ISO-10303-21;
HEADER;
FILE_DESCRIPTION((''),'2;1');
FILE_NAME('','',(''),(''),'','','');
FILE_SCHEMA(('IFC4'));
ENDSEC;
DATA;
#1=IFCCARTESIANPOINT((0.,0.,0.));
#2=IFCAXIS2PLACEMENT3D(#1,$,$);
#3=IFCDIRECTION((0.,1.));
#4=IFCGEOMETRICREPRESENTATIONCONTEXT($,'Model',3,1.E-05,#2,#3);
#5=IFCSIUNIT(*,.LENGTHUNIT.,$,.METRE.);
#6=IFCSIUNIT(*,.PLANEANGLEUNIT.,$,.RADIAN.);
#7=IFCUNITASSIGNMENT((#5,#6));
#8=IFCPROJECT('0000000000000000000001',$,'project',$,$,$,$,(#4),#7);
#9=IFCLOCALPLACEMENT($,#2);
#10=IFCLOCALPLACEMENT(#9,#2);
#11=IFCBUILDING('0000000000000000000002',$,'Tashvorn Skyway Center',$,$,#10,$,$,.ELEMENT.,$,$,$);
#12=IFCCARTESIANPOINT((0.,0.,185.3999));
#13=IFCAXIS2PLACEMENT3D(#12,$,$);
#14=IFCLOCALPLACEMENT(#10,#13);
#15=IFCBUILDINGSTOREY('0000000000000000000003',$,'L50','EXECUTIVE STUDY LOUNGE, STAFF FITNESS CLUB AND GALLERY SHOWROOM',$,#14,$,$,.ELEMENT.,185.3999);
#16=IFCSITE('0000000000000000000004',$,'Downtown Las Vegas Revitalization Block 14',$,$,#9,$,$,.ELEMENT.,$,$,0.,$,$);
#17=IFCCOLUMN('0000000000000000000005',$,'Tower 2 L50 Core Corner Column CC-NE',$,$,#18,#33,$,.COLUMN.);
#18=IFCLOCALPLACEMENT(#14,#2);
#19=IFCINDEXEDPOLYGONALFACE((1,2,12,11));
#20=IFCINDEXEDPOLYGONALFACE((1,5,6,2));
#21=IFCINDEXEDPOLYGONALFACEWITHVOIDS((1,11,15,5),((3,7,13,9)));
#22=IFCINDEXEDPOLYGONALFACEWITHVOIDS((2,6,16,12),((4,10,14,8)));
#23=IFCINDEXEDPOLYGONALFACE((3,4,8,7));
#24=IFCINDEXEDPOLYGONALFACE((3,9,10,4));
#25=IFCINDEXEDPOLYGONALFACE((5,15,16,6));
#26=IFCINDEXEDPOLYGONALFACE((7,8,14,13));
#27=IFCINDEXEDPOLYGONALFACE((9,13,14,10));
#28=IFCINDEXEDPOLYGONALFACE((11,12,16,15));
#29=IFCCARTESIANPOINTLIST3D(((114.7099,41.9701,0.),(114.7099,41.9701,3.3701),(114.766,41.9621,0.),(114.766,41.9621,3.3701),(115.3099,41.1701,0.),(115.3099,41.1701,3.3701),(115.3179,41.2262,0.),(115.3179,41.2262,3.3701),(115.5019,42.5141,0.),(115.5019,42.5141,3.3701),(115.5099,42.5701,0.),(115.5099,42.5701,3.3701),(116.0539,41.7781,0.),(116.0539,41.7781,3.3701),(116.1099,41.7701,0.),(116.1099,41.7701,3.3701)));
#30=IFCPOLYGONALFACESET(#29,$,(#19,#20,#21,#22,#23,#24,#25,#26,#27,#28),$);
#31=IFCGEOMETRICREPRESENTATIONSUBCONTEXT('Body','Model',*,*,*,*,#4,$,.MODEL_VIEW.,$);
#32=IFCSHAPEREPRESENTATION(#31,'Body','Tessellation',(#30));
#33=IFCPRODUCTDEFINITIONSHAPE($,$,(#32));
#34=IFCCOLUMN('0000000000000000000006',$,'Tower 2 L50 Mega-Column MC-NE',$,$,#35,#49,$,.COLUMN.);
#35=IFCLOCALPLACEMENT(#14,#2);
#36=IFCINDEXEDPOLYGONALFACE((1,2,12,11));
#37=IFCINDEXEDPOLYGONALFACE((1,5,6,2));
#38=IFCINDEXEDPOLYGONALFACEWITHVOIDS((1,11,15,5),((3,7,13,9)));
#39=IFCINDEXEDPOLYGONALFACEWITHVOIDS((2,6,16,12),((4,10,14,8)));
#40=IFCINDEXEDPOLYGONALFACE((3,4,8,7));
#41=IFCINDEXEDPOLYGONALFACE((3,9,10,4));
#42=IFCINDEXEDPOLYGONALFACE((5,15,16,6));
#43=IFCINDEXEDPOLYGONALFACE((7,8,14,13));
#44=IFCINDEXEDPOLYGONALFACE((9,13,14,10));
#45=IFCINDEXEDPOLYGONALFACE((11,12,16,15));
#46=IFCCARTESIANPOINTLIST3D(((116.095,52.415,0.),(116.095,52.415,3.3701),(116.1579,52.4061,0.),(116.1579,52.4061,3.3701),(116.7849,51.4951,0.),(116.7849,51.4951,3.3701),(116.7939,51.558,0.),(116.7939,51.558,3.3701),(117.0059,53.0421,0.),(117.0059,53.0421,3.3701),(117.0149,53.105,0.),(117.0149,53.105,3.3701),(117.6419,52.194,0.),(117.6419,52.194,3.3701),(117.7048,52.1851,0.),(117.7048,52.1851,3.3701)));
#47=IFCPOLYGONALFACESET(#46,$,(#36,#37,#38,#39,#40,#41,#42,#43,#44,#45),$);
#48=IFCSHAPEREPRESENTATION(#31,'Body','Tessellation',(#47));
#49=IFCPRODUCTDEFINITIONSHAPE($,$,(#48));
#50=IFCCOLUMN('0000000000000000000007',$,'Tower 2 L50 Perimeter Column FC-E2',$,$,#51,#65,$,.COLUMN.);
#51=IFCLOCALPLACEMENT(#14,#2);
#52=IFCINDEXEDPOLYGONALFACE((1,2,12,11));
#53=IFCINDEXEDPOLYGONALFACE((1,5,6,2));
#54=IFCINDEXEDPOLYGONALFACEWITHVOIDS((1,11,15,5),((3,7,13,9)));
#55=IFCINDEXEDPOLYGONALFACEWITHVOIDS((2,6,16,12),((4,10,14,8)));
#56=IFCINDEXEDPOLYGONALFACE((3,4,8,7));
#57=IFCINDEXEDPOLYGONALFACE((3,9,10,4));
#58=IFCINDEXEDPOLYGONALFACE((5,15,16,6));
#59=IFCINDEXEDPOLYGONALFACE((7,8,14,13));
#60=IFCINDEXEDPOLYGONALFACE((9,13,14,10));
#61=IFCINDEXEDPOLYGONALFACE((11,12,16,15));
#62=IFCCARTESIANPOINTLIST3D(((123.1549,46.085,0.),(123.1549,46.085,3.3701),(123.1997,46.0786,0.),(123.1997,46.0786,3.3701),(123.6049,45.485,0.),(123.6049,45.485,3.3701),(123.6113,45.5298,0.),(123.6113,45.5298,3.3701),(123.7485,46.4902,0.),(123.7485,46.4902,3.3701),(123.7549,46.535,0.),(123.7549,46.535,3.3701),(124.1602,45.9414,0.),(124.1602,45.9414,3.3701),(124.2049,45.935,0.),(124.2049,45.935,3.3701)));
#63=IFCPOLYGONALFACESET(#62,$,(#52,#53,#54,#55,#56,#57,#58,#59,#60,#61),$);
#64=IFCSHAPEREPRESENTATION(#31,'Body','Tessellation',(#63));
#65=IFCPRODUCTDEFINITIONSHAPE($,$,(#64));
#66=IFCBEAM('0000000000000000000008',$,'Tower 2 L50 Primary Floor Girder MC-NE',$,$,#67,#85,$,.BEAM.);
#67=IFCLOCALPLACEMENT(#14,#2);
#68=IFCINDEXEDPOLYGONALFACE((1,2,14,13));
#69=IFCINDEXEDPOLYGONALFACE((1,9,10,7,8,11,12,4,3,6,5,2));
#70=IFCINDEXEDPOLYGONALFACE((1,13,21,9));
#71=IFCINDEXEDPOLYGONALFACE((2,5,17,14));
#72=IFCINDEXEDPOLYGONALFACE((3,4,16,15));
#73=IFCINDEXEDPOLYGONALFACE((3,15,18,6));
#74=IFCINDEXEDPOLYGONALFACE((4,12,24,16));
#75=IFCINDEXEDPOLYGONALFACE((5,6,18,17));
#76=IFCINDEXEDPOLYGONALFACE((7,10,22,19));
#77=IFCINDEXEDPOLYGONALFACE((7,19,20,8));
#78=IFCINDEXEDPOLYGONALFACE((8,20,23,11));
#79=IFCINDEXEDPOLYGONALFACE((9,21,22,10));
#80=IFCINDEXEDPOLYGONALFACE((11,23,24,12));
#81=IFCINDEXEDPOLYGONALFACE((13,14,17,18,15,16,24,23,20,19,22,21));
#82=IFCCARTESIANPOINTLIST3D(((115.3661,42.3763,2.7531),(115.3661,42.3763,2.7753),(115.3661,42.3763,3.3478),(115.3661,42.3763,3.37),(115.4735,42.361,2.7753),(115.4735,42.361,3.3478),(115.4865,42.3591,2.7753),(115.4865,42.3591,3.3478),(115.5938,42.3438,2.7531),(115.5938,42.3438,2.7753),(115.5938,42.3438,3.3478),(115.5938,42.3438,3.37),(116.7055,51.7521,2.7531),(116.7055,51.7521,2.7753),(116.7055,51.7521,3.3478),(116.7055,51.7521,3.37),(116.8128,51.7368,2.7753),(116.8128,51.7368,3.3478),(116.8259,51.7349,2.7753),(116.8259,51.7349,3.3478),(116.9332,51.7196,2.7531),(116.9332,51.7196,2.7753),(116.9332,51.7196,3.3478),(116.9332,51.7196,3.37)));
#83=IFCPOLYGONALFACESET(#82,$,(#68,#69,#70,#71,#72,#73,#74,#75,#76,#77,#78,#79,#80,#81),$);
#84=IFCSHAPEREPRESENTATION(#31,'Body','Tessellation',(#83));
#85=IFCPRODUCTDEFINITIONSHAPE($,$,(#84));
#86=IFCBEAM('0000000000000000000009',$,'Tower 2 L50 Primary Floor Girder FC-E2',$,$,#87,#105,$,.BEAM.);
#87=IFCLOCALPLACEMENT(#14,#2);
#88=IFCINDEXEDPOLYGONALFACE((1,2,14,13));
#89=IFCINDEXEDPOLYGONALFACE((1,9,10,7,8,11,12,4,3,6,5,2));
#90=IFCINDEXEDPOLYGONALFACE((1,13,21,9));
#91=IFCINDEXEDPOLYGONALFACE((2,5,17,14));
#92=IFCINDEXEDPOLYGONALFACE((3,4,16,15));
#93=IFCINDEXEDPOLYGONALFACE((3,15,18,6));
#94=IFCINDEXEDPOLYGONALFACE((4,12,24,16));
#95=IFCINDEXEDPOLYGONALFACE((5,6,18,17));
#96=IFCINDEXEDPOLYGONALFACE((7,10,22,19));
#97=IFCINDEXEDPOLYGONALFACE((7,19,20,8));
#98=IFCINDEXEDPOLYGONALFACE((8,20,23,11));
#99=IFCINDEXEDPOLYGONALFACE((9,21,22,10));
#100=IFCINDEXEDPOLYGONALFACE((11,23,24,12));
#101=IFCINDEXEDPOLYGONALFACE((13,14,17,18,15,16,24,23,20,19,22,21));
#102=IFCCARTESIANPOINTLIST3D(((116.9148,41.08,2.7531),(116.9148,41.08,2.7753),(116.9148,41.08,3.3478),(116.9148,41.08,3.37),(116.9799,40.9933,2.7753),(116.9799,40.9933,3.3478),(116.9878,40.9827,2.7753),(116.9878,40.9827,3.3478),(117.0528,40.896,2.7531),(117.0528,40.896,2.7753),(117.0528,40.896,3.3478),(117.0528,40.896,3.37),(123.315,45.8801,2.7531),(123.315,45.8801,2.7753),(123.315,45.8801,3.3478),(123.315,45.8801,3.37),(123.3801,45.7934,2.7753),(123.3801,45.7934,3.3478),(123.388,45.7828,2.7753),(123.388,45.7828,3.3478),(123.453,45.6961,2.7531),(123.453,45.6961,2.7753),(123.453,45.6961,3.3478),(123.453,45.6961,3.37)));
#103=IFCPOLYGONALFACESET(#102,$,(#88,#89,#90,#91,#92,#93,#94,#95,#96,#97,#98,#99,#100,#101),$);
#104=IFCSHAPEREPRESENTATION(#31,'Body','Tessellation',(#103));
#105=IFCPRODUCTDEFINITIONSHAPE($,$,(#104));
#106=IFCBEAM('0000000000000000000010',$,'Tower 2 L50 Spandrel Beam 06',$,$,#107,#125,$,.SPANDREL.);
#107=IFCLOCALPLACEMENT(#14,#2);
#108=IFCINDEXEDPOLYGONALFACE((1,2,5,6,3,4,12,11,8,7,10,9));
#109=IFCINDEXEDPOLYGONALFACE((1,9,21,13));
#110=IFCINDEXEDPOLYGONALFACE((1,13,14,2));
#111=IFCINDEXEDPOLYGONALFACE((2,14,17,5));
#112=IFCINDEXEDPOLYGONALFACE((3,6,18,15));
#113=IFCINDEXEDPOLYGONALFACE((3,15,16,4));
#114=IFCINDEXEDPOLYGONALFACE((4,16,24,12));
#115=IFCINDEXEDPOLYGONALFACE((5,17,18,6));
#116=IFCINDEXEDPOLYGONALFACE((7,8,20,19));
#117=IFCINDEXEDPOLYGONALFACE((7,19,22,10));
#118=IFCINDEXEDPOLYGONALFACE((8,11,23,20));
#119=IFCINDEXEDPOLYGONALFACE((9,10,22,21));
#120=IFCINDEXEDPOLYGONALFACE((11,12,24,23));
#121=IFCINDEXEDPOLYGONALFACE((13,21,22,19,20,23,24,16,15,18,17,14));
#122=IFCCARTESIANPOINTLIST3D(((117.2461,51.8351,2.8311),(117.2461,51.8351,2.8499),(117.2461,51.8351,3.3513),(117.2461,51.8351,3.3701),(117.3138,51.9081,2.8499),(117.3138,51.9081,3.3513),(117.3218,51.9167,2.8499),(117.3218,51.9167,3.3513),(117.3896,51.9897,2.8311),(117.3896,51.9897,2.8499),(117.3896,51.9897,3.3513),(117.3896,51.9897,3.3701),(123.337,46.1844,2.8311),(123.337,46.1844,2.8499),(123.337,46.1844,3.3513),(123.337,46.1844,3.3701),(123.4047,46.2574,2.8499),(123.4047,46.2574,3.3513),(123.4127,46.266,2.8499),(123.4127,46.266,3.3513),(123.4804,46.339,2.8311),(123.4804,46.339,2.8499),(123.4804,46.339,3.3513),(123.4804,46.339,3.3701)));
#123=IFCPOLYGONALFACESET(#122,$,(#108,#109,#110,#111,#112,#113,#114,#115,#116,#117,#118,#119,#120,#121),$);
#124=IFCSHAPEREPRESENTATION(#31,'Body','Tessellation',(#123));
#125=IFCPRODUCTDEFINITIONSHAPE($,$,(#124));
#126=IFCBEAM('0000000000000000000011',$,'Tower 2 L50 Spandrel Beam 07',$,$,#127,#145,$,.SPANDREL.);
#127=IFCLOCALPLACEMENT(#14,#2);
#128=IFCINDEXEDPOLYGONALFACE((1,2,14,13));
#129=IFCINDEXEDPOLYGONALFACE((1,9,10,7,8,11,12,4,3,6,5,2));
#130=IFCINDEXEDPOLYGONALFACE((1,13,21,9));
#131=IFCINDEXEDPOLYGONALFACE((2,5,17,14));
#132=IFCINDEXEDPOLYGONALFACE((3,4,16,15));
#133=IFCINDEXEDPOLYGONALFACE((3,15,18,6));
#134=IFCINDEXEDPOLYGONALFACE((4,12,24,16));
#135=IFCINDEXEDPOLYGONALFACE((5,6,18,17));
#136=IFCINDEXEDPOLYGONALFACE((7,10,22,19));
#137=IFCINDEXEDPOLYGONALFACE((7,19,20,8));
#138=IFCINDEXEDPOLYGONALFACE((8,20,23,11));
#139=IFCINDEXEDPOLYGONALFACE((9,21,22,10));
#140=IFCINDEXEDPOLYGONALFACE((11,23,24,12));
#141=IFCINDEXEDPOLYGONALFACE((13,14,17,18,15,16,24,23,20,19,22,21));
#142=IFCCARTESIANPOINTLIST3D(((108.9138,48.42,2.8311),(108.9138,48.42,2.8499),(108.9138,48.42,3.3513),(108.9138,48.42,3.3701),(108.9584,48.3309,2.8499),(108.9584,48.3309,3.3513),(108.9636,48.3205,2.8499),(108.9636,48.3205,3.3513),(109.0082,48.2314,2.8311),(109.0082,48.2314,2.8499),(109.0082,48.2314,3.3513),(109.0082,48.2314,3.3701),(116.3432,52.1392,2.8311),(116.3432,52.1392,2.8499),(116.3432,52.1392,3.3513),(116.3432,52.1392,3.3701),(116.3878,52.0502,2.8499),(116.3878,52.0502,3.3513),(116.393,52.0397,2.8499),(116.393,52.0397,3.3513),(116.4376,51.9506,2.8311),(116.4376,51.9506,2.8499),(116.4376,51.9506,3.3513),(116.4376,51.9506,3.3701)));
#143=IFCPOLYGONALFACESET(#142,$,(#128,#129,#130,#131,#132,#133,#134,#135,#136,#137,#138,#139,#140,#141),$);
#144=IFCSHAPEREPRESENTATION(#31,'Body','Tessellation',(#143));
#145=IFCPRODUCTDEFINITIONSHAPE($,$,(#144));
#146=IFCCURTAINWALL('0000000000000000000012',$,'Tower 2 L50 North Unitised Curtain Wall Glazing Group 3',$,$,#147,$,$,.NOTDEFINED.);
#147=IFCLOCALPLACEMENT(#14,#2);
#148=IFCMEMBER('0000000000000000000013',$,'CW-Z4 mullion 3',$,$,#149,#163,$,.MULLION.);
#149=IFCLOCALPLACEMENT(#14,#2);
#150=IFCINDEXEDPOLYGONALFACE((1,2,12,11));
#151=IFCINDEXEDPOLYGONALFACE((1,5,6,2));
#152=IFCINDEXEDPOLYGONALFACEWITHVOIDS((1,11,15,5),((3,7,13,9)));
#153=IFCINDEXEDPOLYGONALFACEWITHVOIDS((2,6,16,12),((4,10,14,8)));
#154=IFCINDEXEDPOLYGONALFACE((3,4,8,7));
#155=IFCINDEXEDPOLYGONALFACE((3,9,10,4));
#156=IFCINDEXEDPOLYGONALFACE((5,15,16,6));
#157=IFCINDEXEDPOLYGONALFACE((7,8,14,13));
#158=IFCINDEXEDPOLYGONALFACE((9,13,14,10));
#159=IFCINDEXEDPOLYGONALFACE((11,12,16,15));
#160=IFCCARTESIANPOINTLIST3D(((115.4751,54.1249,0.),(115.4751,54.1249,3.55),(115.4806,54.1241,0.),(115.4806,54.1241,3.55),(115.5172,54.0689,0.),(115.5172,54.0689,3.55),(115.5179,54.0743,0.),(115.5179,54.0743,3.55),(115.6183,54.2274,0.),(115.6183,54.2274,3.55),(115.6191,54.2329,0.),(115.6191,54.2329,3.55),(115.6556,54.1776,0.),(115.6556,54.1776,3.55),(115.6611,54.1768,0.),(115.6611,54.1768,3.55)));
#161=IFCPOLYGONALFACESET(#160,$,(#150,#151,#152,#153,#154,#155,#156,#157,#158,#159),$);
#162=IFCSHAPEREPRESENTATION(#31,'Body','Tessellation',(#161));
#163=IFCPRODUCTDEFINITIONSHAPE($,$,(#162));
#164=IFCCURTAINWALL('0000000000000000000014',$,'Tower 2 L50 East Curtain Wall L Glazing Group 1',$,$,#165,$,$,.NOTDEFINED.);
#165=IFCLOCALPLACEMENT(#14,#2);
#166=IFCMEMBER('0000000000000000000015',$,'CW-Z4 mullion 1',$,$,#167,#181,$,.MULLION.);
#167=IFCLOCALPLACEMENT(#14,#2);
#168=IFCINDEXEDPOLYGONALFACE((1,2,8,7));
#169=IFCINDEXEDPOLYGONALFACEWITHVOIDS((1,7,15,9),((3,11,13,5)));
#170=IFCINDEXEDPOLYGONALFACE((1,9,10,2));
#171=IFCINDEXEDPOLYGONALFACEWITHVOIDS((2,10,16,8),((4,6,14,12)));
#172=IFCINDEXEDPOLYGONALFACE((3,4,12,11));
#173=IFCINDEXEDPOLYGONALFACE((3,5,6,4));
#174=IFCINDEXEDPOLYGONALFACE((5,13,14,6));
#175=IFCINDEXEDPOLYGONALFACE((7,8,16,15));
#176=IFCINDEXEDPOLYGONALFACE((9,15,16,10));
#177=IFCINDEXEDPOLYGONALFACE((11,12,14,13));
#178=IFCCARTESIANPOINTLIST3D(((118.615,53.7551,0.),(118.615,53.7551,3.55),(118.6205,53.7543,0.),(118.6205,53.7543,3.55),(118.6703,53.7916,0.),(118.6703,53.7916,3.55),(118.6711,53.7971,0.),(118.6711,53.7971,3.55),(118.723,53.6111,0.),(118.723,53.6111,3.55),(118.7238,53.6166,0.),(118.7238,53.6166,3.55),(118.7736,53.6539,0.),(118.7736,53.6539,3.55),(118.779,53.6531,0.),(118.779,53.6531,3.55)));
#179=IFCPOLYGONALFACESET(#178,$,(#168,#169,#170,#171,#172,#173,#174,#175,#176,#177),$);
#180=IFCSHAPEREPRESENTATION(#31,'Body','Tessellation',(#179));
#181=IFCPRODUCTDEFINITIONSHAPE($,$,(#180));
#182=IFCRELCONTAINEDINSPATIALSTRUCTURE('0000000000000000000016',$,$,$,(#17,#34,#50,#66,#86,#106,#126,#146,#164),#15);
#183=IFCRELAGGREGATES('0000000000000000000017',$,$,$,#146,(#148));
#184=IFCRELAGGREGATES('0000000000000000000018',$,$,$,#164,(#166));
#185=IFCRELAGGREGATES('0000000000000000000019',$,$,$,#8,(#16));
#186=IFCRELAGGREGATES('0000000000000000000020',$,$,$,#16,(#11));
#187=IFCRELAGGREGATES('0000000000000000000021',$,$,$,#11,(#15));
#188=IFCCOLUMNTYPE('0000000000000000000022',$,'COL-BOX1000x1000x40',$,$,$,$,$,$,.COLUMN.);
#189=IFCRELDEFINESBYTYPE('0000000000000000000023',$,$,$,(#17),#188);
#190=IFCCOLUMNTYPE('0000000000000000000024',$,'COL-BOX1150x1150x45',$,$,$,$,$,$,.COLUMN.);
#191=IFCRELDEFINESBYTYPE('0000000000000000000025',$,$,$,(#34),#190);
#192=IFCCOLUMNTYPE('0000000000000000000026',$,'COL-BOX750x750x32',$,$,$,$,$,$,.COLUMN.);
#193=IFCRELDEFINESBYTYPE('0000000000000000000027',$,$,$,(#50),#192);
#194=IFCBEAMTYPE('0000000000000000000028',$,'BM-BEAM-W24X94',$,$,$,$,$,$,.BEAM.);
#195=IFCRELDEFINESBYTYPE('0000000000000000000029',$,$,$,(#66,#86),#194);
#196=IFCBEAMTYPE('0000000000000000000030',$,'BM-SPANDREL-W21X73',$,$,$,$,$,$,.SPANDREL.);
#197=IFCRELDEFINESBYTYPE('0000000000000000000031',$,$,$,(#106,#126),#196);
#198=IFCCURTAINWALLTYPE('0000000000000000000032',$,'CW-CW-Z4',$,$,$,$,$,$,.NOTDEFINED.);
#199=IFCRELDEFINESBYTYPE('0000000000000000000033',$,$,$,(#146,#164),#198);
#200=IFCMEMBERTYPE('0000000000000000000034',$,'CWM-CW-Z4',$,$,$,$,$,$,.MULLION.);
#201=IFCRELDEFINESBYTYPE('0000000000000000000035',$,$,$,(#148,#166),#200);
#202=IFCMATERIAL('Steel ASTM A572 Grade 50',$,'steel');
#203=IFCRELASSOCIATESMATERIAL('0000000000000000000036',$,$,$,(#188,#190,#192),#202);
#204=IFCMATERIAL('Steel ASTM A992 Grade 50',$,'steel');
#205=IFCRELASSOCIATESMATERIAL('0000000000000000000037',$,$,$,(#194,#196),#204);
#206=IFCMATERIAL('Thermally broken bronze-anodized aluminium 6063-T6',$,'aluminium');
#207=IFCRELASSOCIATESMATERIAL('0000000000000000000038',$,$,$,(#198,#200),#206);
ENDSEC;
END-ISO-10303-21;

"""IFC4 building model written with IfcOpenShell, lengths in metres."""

from ifc_helpers import new_model, si_unit, direction, frame, origin, origin_2d, place, context, subcontext, project, spatial, hollow_rectangle, i_section, extrude, material, material_profile, profile_set, type_object, element, aggregate, save


model = new_model("IFC4")

# Units and contexts
model_context = context("Model", 3, precision=1e-05, world=origin(), true_north=direction((0.0, 1.0)))
body_context = subcontext(model_context, "Body", "Model", "MODEL_VIEW")
ifc_project = project(units=[si_unit("LENGTHUNIT", "METRE"), si_unit("PLANEANGLEUNIT", "RADIAN")], contexts=[model_context])

# Site, building, storey
site_placement = place(None, origin())
site = spatial("IfcSite", under=ifc_project, at=site_placement, Name="Downtown Las Vegas Revitalization Block 14", CompositionType="ELEMENT", RefElevation=0.0)
building_placement = place(site_placement, origin())
building = spatial("IfcBuilding", under=site, at=building_placement, Name="Tashvorn Skyway Center", CompositionType="ELEMENT")
storey_placement = place(building_placement, frame((0.0, 0.0, 185.3999)))
storey = spatial("IfcBuildingStorey", under=building, at=storey_placement, Name="L50", Description="EXECUTIVE STUDY LOUNGE, STAFF FITNESS CLUB AND GALLERY SHOWROOM", CompositionType="ELEMENT", Elevation=185.3999)

# Columns
ifc_material_1 = material(Name="Steel ASTM A572 Grade 50", Category="steel")
ifc_material_profile_1 = material_profile(ifc_material_1, hollow_rectangle(XDim=1.0, YDim=1.0, WallThickness=0.04, at=origin_2d()), Name="BOX1000x1000x40")
ifc_profile_set_1 = profile_set([ifc_material_profile_1], Name="Steel ASTM A572 Grade 50")
column_type_1 = type_object("IfcColumnType", Name="COL-BOX1000x1000x40", PredefinedType="COLUMN", material=ifc_profile_set_1)
column_1_placement = place(storey_placement, frame((115.4099, 41.8701, 0.0), z_axis=(0.0, 0.0, 1.0), x_axis=(0.8, 0.6, 0.0)))
element("IfcColumn", 1, at=column_1_placement, inside=storey, type_object=column_type_1, Name="Tower 2 L50 Core Corner Column CC-NE", PredefinedType="COLUMN", context=body_context, shape_type="SweptSolid", body=[
    extrude(hollow_rectangle(XDim=1.0, YDim=1.0, WallThickness=0.04, at=origin_2d()), origin(), (0.0, 0.0, 1.0), 3.3701),
])
ifc_material_profile_2 = material_profile(ifc_material_1, hollow_rectangle(XDim=1.1499, YDim=1.1499, WallThickness=0.0449, at=origin_2d()), Name="BOX1150x1150x45")
ifc_profile_set_2 = profile_set([ifc_material_profile_2], Name="Steel ASTM A572 Grade 50")
column_type_2 = type_object("IfcColumnType", Name="COL-BOX1150x1150x45", PredefinedType="COLUMN", material=ifc_profile_set_2)
column_2_placement = place(storey_placement, frame((116.8999, 52.3, 0.0), z_axis=(0.0, 0.0, 1.0), x_axis=(0.8, 0.6, 0.0)))
element("IfcColumn", 2, at=column_2_placement, inside=storey, type_object=column_type_2, Name="Tower 2 L50 Mega-Column MC-NE", PredefinedType="COLUMN", context=body_context, shape_type="SweptSolid", body=[
    extrude(hollow_rectangle(XDim=1.1499, YDim=1.1499, WallThickness=0.0449, at=origin_2d()), origin(), (0.0, 0.0, 1.0), 3.3701),
])
ifc_material_profile_3 = material_profile(ifc_material_1, hollow_rectangle(XDim=0.75, YDim=0.75, WallThickness=0.032, at=origin_2d()), Name="BOX750x750x32")
ifc_profile_set_3 = profile_set([ifc_material_profile_3], Name="Steel ASTM A572 Grade 50")
column_type_3 = type_object("IfcColumnType", Name="COL-BOX750x750x32", PredefinedType="COLUMN", material=ifc_profile_set_3)
column_3_placement = place(storey_placement, frame((123.6799, 46.01, 0.0), z_axis=(0.0, 0.0, 1.0), x_axis=(0.8, 0.6, 0.0)))
element("IfcColumn", 3, at=column_3_placement, inside=storey, type_object=column_type_3, Name="Tower 2 L50 Perimeter Column FC-E2", PredefinedType="COLUMN", context=body_context, shape_type="SweptSolid", body=[
    extrude(hollow_rectangle(XDim=0.75, YDim=0.75, WallThickness=0.032, at=origin_2d()), origin(), (0.0, 0.0, 1.0), 3.3701),
])

# Beams
ifc_material_2 = material(Name="Steel ASTM A992 Grade 50", Category="steel")
ifc_material_profile_4 = material_profile(ifc_material_2, i_section(OverallWidth=0.23, OverallDepth=0.6169, WebThickness=0.0132, FlangeThickness=0.0222, at=origin_2d()), Name="W24X94")
ifc_profile_set_4 = profile_set([ifc_material_profile_4], Name="Steel ASTM A992 Grade 50")
beam_type_1 = type_object("IfcBeamType", Name="BM-BEAM-W24X94", PredefinedType="BEAM", material=ifc_profile_set_4)
beam_1_placement = place(storey_placement, frame((116.8193, 51.7358, 3.0615), z_axis=(-0.141418, -0.98995, 0.0), x_axis=(0.98995, -0.141418, 0.0)))
element("IfcBeam", 4, at=beam_1_placement, inside=storey, type_object=beam_type_1, Name="Tower 2 L50 Primary Floor Girder MC-NE", PredefinedType="BEAM", context=body_context, shape_type="SweptSolid", body=[
    extrude(i_section(OverallWidth=0.23, OverallDepth=0.6169, WebThickness=0.0132, FlangeThickness=0.0222, at=origin_2d()), origin(), (0.0, 0.0, 1.0), 9.4709),
])
beam_2_placement = place(storey_placement, frame((123.384, 45.7881, 3.0615), z_axis=(-0.800004, -0.599995, 0.0), x_axis=(0.599995, -0.800004, 0.0)))
element("IfcBeam", 5, at=beam_2_placement, inside=storey, type_object=beam_type_1, Name="Tower 2 L50 Primary Floor Girder FC-E2", PredefinedType="BEAM", context=body_context, shape_type="SweptSolid", body=[
    extrude(i_section(OverallWidth=0.23, OverallDepth=0.6169, WebThickness=0.0132, FlangeThickness=0.0222, at=origin_2d()), origin(), (0.0, 0.0, 1.0), 8.0002),
])
ifc_material_profile_5 = material_profile(ifc_material_2, i_section(OverallWidth=0.2109, OverallDepth=0.5391, WebThickness=0.0117, FlangeThickness=0.0188, at=origin_2d()), Name="W21X73")
ifc_profile_set_5 = profile_set([ifc_material_profile_5], Name="Steel ASTM A992 Grade 50")
beam_type_2 = type_object("IfcBeamType", Name="BM-SPANDREL-W21X73", PredefinedType="SPANDREL", material=ifc_profile_set_5)
for number, where, z_axis, x_axis, name in (
    (6, (123.4087, 46.2617, 3.1006), (-0.733101, 0.68012, 0.0), (-0.68012, -0.733101, 0.0), "Tower 2 L50 Spandrel Beam 06"),
    (7, (116.3904, 52.0449, 3.1006), (-0.89421, -0.447648, 0.0), (0.447648, -0.89421, 0.0), "Tower 2 L50 Spandrel Beam 07"),
):
    element("IfcBeam", number, at=place(storey_placement, frame(where, z_axis=z_axis, x_axis=x_axis)), inside=storey, type_object=beam_type_2, Name=name, PredefinedType="SPANDREL", context=body_context, shape_type="SweptSolid", body=[
        extrude(i_section(OverallWidth=0.2109, OverallDepth=0.5391, WebThickness=0.0117, FlangeThickness=0.0188, at=origin_2d()), origin(), (0.0, 0.0, 1.0), 8.3083),
    ])

# Curtain wall, member
ifc_material_3 = material(Name="Thermally broken bronze-anodized aluminium 6063-T6", Category="aluminium")
curtain_wall_type = type_object("IfcCurtainWallType", Name="CW-CW-Z4", PredefinedType="NOTDEFINED", material=ifc_material_3)
curtain_wall_1_placement = place(storey_placement, origin())
curtain_wall_1 = element("IfcCurtainWall", 8, at=curtain_wall_1_placement, inside=storey, type_object=curtain_wall_type, Name="Tower 2 L50 North Unitised Curtain Wall Glazing Group 3", PredefinedType="NOTDEFINED")
ifc_material_profile_6 = material_profile(ifc_material_3, hollow_rectangle(XDim=0.0701, YDim=0.1799, WallThickness=0.0039, at=origin_2d()), Name="ALU-MULL-70x180")
ifc_profile_set_6 = profile_set([ifc_material_profile_6], Name="Thermally broken bronze-anodized aluminium 6063-T6")
member_type_1 = type_object("IfcMemberType", Name="CWM-CW-Z4", PredefinedType="MULLION", material=ifc_profile_set_6)
member_1_placement = place(storey_placement, frame((115.5681, 54.1509, 0.0), z_axis=(0.0, 0.0, 1.0), x_axis=(-0.6, 0.8, 0.0)))
member_1 = element("IfcMember", 9, at=member_1_placement, type_object=member_type_1, Name="CW-Z4 mullion 3", PredefinedType="MULLION", context=body_context, shape_type="SweptSolid", body=[
    extrude(hollow_rectangle(XDim=0.0701, YDim=0.1799, WallThickness=0.0039, at=origin_2d()), origin(), (0.0, 0.0, 1.0), 3.55),
])

# Curtain wall, member
curtain_wall_2_placement = place(storey_placement, origin())
curtain_wall_2 = element("IfcCurtainWall", 10, at=curtain_wall_2_placement, inside=storey, type_object=curtain_wall_type, Name="Tower 2 L50 East Curtain Wall L Glazing Group 1", PredefinedType="NOTDEFINED")
member_2_placement = place(storey_placement, frame((118.697, 53.7041, 0.0), z_axis=(0.0, 0.0, 1.0), x_axis=(0.799998, 0.600002, 0.0)))
member_2 = element("IfcMember", 11, at=member_2_placement, type_object=member_type_1, Name="CW-Z4 mullion 1", PredefinedType="MULLION", context=body_context, shape_type="SweptSolid", body=[
    extrude(hollow_rectangle(XDim=0.0701, YDim=0.1799, WallThickness=0.0039, at=origin_2d()), origin(), (0.0, 0.0, 1.0), 3.55),
])

aggregate(curtain_wall_1, [member_1])
aggregate(curtain_wall_2, [member_2])

save(model, "model.ifc")
